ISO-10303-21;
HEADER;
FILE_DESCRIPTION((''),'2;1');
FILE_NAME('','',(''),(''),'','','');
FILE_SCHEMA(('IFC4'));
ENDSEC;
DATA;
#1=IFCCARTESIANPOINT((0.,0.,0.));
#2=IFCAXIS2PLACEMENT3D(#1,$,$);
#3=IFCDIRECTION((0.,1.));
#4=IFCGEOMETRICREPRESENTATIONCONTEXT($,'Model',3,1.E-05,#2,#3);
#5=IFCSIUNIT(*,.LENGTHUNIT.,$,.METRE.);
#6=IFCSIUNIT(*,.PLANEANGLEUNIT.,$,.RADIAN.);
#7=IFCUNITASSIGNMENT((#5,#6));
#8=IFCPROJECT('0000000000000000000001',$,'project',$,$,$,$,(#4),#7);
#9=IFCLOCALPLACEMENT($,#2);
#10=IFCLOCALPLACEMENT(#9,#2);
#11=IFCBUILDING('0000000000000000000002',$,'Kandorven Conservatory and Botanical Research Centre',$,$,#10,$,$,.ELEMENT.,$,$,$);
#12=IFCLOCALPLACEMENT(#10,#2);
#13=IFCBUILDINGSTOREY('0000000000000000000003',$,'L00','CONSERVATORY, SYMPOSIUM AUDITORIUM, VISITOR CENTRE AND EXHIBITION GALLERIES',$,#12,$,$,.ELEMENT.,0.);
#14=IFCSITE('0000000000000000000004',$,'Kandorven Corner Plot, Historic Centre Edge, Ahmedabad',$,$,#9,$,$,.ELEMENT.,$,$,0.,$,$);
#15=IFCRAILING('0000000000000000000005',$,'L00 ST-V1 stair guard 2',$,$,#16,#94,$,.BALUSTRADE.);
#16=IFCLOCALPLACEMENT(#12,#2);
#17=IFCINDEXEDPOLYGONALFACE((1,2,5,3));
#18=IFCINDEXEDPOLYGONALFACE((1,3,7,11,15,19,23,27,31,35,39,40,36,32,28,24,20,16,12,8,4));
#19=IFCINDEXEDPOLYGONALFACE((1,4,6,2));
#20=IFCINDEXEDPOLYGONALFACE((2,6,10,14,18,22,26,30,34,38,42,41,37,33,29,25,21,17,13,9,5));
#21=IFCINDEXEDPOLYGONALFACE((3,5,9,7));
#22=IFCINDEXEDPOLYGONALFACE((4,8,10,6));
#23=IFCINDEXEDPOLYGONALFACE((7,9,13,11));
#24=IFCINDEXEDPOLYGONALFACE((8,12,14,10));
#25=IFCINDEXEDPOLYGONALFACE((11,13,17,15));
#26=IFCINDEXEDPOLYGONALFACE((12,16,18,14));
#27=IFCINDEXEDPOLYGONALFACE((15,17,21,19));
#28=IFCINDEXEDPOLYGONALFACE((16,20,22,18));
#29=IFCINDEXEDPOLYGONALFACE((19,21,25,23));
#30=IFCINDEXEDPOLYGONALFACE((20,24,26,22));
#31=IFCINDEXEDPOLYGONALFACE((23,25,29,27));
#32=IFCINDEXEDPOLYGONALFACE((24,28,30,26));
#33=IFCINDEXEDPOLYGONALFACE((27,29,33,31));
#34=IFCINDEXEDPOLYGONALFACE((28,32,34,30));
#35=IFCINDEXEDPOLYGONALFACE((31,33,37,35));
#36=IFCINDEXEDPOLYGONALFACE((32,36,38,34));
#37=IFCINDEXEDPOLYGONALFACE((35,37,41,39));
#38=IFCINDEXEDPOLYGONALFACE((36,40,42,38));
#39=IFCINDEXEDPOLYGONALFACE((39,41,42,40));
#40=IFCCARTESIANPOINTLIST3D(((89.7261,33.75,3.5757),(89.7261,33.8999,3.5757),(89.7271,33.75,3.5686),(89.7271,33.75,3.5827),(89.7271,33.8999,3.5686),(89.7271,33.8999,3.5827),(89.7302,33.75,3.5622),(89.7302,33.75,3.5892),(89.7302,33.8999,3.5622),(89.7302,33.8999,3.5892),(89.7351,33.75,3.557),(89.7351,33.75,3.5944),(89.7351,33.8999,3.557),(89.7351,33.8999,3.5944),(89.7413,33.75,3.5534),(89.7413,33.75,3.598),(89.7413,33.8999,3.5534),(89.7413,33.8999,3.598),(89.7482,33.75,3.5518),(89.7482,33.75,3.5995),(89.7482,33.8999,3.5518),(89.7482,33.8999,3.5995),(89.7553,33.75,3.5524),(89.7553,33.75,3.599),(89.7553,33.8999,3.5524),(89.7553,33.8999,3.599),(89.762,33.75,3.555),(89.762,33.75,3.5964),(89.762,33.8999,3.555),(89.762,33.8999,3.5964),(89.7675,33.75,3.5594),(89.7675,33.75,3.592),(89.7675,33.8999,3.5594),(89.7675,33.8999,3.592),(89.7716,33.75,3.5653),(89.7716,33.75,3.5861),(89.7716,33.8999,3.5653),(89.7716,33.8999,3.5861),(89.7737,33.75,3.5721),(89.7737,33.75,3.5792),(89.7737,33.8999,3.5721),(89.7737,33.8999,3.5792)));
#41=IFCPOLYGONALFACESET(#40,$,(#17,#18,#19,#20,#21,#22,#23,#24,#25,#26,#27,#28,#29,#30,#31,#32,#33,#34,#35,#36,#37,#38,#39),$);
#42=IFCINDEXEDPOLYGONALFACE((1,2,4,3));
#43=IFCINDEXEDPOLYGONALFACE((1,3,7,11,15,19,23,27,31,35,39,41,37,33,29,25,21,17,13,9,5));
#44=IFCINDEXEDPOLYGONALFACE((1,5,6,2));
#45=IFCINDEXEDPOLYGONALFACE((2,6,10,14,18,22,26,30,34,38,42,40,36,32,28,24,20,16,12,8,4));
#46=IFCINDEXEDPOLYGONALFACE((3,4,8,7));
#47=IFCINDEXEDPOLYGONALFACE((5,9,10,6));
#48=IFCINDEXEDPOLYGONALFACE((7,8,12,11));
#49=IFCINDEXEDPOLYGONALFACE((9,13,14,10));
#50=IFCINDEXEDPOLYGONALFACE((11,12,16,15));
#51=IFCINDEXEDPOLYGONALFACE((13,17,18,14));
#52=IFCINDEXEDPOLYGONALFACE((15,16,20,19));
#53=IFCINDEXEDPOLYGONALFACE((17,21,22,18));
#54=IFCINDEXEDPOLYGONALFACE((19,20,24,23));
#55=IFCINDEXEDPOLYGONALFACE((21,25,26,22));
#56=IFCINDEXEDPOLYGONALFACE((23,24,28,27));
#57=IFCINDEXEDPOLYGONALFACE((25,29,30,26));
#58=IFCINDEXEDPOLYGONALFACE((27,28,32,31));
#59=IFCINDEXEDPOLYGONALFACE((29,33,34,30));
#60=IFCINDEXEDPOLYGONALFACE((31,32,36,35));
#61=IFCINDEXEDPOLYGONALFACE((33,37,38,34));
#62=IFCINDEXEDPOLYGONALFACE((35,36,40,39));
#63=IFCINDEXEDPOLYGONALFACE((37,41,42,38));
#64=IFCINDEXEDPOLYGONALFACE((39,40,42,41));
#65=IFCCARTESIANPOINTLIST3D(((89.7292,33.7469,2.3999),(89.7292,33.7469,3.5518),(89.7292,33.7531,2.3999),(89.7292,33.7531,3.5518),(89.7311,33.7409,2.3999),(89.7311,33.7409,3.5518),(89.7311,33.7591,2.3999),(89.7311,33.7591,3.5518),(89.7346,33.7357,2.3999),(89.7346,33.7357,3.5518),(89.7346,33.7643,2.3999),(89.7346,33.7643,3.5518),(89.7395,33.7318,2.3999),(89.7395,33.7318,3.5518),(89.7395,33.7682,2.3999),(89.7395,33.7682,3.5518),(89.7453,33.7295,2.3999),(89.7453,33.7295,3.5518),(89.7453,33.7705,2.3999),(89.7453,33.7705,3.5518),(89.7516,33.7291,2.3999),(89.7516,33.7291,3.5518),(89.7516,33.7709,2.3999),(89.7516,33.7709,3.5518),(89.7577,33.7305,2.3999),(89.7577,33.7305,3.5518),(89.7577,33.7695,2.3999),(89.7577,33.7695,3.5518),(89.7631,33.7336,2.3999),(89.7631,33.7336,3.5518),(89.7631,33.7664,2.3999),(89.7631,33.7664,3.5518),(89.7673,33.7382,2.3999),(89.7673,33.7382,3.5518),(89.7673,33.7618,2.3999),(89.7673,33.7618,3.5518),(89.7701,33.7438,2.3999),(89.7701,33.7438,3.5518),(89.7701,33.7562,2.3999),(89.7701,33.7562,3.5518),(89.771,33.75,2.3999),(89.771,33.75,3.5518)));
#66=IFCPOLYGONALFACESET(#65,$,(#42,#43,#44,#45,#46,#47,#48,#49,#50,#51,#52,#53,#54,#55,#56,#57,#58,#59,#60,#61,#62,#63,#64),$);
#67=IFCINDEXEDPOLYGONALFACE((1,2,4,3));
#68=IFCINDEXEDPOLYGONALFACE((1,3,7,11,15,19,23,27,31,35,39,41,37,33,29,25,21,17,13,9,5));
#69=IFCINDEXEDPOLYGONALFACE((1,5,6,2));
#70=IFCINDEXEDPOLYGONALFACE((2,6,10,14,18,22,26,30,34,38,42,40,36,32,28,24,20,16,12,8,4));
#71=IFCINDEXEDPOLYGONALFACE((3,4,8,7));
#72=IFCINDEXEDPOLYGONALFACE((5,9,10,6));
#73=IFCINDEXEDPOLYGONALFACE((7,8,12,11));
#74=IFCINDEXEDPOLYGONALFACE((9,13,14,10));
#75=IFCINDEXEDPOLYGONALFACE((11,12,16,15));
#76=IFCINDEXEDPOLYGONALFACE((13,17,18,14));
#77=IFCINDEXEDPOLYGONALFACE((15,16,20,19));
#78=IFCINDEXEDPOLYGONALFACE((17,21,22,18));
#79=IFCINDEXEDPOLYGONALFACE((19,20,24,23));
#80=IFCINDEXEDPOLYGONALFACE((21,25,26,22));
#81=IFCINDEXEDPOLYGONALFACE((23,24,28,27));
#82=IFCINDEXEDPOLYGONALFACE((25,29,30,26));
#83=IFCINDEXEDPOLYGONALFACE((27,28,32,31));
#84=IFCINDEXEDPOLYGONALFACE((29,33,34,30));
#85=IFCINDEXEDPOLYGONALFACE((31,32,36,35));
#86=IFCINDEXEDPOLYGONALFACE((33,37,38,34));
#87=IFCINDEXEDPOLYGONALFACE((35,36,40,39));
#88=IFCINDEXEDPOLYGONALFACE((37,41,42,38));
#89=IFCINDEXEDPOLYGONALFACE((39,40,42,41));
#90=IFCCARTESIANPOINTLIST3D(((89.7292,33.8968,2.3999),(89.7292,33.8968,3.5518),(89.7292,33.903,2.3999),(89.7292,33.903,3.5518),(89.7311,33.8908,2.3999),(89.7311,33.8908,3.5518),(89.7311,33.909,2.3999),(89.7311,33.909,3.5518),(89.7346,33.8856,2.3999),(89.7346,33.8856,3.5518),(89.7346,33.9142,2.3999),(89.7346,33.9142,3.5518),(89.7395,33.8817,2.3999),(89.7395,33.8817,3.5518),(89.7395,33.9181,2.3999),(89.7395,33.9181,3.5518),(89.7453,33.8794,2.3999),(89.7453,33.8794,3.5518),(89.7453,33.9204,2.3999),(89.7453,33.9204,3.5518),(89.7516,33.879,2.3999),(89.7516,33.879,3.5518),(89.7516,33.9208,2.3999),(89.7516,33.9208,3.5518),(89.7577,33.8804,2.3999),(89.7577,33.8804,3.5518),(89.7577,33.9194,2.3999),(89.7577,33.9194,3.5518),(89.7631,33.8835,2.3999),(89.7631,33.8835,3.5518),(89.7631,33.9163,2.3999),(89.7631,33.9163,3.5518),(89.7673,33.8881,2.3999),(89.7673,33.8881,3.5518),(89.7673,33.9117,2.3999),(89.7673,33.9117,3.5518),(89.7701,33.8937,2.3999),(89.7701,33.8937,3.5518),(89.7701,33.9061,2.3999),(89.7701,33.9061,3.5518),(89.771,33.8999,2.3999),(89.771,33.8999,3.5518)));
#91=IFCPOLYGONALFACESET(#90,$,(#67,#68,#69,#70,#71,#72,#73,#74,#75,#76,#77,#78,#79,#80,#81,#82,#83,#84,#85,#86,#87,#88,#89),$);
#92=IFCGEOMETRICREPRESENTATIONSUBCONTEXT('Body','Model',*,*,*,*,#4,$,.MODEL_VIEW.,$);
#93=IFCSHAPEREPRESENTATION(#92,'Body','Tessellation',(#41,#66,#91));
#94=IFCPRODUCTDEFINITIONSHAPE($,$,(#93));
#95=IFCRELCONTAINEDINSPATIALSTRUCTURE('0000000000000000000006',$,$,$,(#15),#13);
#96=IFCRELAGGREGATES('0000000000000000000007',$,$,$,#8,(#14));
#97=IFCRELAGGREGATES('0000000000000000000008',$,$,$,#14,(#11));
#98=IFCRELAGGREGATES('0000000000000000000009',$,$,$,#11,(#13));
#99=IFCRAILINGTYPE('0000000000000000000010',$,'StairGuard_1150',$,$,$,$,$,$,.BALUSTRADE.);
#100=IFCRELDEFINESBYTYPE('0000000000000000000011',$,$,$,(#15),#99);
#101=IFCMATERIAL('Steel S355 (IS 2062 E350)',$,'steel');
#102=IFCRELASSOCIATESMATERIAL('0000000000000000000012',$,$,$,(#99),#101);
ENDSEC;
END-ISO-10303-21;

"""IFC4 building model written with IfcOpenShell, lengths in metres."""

from ifc_helpers import new_model, si_unit, direction, frame, origin, origin_2d, place, context, subcontext, project, spatial, circle, extrude, material, type_object, element, save


model = new_model("IFC4")

# Units and contexts
model_context = context("Model", 3, precision=1e-05, world=origin(), true_north=direction((0.0, 1.0)))
body_context = subcontext(model_context, "Body", "Model", "MODEL_VIEW")
ifc_project = project(units=[si_unit("LENGTHUNIT", "METRE"), si_unit("PLANEANGLEUNIT", "RADIAN")], contexts=[model_context])

# Site, building, storey
site_placement = place(None, origin())
site = spatial("IfcSite", under=ifc_project, at=site_placement, Name="Kandorven Corner Plot, Historic Centre Edge, Ahmedabad", CompositionType="ELEMENT", RefElevation=0.0)
building_placement = place(site_placement, origin())
building = spatial("IfcBuilding", under=site, at=building_placement, Name="Kandorven Conservatory and Botanical Research Centre", CompositionType="ELEMENT")
storey_placement = place(building_placement, origin())
storey = spatial("IfcBuildingStorey", under=building, at=storey_placement, Name="L00", Description="CONSERVATORY, SYMPOSIUM AUDITORIUM, VISITOR CENTRE AND EXHIBITION GALLERIES", CompositionType="ELEMENT", Elevation=0.0)

# Railing
ifc_material_1 = material(Name="Steel S355 (IS 2062 E350)", Category="steel")
railing_type_1 = type_object("IfcRailingType", Name="StairGuard_1150", PredefinedType="BALUSTRADE", material=ifc_material_1)
railing_1_placement = place(storey_placement, frame((89.75, 33.75, 2.3999)))
element("IfcRailing", 1, at=railing_1_placement, inside=storey, type_object=railing_type_1, Name="L00 ST-V1 stair guard 2", PredefinedType="BALUSTRADE", context=body_context, shape_type="SweptSolid", body=[
    extrude(circle(Radius=0.0239, at=origin_2d()), frame((0.0, 0.0, 1.1758), z_axis=(0.0, 1.0, 0.0), x_axis=(-1.0, 0.0, 0.0)), (0.0, 0.0, 1.0), 0.1499),
    extrude(circle(Radius=0.021, at=origin_2d()), origin(), (0.0, 0.0, 1.0), 1.1519),
    extrude(circle(Radius=0.021, at=origin_2d()), frame((0.0, 0.1499, 0.0)), (0.0, 0.0, 1.0), 1.1519),
])

save(model, "model.ifc")
